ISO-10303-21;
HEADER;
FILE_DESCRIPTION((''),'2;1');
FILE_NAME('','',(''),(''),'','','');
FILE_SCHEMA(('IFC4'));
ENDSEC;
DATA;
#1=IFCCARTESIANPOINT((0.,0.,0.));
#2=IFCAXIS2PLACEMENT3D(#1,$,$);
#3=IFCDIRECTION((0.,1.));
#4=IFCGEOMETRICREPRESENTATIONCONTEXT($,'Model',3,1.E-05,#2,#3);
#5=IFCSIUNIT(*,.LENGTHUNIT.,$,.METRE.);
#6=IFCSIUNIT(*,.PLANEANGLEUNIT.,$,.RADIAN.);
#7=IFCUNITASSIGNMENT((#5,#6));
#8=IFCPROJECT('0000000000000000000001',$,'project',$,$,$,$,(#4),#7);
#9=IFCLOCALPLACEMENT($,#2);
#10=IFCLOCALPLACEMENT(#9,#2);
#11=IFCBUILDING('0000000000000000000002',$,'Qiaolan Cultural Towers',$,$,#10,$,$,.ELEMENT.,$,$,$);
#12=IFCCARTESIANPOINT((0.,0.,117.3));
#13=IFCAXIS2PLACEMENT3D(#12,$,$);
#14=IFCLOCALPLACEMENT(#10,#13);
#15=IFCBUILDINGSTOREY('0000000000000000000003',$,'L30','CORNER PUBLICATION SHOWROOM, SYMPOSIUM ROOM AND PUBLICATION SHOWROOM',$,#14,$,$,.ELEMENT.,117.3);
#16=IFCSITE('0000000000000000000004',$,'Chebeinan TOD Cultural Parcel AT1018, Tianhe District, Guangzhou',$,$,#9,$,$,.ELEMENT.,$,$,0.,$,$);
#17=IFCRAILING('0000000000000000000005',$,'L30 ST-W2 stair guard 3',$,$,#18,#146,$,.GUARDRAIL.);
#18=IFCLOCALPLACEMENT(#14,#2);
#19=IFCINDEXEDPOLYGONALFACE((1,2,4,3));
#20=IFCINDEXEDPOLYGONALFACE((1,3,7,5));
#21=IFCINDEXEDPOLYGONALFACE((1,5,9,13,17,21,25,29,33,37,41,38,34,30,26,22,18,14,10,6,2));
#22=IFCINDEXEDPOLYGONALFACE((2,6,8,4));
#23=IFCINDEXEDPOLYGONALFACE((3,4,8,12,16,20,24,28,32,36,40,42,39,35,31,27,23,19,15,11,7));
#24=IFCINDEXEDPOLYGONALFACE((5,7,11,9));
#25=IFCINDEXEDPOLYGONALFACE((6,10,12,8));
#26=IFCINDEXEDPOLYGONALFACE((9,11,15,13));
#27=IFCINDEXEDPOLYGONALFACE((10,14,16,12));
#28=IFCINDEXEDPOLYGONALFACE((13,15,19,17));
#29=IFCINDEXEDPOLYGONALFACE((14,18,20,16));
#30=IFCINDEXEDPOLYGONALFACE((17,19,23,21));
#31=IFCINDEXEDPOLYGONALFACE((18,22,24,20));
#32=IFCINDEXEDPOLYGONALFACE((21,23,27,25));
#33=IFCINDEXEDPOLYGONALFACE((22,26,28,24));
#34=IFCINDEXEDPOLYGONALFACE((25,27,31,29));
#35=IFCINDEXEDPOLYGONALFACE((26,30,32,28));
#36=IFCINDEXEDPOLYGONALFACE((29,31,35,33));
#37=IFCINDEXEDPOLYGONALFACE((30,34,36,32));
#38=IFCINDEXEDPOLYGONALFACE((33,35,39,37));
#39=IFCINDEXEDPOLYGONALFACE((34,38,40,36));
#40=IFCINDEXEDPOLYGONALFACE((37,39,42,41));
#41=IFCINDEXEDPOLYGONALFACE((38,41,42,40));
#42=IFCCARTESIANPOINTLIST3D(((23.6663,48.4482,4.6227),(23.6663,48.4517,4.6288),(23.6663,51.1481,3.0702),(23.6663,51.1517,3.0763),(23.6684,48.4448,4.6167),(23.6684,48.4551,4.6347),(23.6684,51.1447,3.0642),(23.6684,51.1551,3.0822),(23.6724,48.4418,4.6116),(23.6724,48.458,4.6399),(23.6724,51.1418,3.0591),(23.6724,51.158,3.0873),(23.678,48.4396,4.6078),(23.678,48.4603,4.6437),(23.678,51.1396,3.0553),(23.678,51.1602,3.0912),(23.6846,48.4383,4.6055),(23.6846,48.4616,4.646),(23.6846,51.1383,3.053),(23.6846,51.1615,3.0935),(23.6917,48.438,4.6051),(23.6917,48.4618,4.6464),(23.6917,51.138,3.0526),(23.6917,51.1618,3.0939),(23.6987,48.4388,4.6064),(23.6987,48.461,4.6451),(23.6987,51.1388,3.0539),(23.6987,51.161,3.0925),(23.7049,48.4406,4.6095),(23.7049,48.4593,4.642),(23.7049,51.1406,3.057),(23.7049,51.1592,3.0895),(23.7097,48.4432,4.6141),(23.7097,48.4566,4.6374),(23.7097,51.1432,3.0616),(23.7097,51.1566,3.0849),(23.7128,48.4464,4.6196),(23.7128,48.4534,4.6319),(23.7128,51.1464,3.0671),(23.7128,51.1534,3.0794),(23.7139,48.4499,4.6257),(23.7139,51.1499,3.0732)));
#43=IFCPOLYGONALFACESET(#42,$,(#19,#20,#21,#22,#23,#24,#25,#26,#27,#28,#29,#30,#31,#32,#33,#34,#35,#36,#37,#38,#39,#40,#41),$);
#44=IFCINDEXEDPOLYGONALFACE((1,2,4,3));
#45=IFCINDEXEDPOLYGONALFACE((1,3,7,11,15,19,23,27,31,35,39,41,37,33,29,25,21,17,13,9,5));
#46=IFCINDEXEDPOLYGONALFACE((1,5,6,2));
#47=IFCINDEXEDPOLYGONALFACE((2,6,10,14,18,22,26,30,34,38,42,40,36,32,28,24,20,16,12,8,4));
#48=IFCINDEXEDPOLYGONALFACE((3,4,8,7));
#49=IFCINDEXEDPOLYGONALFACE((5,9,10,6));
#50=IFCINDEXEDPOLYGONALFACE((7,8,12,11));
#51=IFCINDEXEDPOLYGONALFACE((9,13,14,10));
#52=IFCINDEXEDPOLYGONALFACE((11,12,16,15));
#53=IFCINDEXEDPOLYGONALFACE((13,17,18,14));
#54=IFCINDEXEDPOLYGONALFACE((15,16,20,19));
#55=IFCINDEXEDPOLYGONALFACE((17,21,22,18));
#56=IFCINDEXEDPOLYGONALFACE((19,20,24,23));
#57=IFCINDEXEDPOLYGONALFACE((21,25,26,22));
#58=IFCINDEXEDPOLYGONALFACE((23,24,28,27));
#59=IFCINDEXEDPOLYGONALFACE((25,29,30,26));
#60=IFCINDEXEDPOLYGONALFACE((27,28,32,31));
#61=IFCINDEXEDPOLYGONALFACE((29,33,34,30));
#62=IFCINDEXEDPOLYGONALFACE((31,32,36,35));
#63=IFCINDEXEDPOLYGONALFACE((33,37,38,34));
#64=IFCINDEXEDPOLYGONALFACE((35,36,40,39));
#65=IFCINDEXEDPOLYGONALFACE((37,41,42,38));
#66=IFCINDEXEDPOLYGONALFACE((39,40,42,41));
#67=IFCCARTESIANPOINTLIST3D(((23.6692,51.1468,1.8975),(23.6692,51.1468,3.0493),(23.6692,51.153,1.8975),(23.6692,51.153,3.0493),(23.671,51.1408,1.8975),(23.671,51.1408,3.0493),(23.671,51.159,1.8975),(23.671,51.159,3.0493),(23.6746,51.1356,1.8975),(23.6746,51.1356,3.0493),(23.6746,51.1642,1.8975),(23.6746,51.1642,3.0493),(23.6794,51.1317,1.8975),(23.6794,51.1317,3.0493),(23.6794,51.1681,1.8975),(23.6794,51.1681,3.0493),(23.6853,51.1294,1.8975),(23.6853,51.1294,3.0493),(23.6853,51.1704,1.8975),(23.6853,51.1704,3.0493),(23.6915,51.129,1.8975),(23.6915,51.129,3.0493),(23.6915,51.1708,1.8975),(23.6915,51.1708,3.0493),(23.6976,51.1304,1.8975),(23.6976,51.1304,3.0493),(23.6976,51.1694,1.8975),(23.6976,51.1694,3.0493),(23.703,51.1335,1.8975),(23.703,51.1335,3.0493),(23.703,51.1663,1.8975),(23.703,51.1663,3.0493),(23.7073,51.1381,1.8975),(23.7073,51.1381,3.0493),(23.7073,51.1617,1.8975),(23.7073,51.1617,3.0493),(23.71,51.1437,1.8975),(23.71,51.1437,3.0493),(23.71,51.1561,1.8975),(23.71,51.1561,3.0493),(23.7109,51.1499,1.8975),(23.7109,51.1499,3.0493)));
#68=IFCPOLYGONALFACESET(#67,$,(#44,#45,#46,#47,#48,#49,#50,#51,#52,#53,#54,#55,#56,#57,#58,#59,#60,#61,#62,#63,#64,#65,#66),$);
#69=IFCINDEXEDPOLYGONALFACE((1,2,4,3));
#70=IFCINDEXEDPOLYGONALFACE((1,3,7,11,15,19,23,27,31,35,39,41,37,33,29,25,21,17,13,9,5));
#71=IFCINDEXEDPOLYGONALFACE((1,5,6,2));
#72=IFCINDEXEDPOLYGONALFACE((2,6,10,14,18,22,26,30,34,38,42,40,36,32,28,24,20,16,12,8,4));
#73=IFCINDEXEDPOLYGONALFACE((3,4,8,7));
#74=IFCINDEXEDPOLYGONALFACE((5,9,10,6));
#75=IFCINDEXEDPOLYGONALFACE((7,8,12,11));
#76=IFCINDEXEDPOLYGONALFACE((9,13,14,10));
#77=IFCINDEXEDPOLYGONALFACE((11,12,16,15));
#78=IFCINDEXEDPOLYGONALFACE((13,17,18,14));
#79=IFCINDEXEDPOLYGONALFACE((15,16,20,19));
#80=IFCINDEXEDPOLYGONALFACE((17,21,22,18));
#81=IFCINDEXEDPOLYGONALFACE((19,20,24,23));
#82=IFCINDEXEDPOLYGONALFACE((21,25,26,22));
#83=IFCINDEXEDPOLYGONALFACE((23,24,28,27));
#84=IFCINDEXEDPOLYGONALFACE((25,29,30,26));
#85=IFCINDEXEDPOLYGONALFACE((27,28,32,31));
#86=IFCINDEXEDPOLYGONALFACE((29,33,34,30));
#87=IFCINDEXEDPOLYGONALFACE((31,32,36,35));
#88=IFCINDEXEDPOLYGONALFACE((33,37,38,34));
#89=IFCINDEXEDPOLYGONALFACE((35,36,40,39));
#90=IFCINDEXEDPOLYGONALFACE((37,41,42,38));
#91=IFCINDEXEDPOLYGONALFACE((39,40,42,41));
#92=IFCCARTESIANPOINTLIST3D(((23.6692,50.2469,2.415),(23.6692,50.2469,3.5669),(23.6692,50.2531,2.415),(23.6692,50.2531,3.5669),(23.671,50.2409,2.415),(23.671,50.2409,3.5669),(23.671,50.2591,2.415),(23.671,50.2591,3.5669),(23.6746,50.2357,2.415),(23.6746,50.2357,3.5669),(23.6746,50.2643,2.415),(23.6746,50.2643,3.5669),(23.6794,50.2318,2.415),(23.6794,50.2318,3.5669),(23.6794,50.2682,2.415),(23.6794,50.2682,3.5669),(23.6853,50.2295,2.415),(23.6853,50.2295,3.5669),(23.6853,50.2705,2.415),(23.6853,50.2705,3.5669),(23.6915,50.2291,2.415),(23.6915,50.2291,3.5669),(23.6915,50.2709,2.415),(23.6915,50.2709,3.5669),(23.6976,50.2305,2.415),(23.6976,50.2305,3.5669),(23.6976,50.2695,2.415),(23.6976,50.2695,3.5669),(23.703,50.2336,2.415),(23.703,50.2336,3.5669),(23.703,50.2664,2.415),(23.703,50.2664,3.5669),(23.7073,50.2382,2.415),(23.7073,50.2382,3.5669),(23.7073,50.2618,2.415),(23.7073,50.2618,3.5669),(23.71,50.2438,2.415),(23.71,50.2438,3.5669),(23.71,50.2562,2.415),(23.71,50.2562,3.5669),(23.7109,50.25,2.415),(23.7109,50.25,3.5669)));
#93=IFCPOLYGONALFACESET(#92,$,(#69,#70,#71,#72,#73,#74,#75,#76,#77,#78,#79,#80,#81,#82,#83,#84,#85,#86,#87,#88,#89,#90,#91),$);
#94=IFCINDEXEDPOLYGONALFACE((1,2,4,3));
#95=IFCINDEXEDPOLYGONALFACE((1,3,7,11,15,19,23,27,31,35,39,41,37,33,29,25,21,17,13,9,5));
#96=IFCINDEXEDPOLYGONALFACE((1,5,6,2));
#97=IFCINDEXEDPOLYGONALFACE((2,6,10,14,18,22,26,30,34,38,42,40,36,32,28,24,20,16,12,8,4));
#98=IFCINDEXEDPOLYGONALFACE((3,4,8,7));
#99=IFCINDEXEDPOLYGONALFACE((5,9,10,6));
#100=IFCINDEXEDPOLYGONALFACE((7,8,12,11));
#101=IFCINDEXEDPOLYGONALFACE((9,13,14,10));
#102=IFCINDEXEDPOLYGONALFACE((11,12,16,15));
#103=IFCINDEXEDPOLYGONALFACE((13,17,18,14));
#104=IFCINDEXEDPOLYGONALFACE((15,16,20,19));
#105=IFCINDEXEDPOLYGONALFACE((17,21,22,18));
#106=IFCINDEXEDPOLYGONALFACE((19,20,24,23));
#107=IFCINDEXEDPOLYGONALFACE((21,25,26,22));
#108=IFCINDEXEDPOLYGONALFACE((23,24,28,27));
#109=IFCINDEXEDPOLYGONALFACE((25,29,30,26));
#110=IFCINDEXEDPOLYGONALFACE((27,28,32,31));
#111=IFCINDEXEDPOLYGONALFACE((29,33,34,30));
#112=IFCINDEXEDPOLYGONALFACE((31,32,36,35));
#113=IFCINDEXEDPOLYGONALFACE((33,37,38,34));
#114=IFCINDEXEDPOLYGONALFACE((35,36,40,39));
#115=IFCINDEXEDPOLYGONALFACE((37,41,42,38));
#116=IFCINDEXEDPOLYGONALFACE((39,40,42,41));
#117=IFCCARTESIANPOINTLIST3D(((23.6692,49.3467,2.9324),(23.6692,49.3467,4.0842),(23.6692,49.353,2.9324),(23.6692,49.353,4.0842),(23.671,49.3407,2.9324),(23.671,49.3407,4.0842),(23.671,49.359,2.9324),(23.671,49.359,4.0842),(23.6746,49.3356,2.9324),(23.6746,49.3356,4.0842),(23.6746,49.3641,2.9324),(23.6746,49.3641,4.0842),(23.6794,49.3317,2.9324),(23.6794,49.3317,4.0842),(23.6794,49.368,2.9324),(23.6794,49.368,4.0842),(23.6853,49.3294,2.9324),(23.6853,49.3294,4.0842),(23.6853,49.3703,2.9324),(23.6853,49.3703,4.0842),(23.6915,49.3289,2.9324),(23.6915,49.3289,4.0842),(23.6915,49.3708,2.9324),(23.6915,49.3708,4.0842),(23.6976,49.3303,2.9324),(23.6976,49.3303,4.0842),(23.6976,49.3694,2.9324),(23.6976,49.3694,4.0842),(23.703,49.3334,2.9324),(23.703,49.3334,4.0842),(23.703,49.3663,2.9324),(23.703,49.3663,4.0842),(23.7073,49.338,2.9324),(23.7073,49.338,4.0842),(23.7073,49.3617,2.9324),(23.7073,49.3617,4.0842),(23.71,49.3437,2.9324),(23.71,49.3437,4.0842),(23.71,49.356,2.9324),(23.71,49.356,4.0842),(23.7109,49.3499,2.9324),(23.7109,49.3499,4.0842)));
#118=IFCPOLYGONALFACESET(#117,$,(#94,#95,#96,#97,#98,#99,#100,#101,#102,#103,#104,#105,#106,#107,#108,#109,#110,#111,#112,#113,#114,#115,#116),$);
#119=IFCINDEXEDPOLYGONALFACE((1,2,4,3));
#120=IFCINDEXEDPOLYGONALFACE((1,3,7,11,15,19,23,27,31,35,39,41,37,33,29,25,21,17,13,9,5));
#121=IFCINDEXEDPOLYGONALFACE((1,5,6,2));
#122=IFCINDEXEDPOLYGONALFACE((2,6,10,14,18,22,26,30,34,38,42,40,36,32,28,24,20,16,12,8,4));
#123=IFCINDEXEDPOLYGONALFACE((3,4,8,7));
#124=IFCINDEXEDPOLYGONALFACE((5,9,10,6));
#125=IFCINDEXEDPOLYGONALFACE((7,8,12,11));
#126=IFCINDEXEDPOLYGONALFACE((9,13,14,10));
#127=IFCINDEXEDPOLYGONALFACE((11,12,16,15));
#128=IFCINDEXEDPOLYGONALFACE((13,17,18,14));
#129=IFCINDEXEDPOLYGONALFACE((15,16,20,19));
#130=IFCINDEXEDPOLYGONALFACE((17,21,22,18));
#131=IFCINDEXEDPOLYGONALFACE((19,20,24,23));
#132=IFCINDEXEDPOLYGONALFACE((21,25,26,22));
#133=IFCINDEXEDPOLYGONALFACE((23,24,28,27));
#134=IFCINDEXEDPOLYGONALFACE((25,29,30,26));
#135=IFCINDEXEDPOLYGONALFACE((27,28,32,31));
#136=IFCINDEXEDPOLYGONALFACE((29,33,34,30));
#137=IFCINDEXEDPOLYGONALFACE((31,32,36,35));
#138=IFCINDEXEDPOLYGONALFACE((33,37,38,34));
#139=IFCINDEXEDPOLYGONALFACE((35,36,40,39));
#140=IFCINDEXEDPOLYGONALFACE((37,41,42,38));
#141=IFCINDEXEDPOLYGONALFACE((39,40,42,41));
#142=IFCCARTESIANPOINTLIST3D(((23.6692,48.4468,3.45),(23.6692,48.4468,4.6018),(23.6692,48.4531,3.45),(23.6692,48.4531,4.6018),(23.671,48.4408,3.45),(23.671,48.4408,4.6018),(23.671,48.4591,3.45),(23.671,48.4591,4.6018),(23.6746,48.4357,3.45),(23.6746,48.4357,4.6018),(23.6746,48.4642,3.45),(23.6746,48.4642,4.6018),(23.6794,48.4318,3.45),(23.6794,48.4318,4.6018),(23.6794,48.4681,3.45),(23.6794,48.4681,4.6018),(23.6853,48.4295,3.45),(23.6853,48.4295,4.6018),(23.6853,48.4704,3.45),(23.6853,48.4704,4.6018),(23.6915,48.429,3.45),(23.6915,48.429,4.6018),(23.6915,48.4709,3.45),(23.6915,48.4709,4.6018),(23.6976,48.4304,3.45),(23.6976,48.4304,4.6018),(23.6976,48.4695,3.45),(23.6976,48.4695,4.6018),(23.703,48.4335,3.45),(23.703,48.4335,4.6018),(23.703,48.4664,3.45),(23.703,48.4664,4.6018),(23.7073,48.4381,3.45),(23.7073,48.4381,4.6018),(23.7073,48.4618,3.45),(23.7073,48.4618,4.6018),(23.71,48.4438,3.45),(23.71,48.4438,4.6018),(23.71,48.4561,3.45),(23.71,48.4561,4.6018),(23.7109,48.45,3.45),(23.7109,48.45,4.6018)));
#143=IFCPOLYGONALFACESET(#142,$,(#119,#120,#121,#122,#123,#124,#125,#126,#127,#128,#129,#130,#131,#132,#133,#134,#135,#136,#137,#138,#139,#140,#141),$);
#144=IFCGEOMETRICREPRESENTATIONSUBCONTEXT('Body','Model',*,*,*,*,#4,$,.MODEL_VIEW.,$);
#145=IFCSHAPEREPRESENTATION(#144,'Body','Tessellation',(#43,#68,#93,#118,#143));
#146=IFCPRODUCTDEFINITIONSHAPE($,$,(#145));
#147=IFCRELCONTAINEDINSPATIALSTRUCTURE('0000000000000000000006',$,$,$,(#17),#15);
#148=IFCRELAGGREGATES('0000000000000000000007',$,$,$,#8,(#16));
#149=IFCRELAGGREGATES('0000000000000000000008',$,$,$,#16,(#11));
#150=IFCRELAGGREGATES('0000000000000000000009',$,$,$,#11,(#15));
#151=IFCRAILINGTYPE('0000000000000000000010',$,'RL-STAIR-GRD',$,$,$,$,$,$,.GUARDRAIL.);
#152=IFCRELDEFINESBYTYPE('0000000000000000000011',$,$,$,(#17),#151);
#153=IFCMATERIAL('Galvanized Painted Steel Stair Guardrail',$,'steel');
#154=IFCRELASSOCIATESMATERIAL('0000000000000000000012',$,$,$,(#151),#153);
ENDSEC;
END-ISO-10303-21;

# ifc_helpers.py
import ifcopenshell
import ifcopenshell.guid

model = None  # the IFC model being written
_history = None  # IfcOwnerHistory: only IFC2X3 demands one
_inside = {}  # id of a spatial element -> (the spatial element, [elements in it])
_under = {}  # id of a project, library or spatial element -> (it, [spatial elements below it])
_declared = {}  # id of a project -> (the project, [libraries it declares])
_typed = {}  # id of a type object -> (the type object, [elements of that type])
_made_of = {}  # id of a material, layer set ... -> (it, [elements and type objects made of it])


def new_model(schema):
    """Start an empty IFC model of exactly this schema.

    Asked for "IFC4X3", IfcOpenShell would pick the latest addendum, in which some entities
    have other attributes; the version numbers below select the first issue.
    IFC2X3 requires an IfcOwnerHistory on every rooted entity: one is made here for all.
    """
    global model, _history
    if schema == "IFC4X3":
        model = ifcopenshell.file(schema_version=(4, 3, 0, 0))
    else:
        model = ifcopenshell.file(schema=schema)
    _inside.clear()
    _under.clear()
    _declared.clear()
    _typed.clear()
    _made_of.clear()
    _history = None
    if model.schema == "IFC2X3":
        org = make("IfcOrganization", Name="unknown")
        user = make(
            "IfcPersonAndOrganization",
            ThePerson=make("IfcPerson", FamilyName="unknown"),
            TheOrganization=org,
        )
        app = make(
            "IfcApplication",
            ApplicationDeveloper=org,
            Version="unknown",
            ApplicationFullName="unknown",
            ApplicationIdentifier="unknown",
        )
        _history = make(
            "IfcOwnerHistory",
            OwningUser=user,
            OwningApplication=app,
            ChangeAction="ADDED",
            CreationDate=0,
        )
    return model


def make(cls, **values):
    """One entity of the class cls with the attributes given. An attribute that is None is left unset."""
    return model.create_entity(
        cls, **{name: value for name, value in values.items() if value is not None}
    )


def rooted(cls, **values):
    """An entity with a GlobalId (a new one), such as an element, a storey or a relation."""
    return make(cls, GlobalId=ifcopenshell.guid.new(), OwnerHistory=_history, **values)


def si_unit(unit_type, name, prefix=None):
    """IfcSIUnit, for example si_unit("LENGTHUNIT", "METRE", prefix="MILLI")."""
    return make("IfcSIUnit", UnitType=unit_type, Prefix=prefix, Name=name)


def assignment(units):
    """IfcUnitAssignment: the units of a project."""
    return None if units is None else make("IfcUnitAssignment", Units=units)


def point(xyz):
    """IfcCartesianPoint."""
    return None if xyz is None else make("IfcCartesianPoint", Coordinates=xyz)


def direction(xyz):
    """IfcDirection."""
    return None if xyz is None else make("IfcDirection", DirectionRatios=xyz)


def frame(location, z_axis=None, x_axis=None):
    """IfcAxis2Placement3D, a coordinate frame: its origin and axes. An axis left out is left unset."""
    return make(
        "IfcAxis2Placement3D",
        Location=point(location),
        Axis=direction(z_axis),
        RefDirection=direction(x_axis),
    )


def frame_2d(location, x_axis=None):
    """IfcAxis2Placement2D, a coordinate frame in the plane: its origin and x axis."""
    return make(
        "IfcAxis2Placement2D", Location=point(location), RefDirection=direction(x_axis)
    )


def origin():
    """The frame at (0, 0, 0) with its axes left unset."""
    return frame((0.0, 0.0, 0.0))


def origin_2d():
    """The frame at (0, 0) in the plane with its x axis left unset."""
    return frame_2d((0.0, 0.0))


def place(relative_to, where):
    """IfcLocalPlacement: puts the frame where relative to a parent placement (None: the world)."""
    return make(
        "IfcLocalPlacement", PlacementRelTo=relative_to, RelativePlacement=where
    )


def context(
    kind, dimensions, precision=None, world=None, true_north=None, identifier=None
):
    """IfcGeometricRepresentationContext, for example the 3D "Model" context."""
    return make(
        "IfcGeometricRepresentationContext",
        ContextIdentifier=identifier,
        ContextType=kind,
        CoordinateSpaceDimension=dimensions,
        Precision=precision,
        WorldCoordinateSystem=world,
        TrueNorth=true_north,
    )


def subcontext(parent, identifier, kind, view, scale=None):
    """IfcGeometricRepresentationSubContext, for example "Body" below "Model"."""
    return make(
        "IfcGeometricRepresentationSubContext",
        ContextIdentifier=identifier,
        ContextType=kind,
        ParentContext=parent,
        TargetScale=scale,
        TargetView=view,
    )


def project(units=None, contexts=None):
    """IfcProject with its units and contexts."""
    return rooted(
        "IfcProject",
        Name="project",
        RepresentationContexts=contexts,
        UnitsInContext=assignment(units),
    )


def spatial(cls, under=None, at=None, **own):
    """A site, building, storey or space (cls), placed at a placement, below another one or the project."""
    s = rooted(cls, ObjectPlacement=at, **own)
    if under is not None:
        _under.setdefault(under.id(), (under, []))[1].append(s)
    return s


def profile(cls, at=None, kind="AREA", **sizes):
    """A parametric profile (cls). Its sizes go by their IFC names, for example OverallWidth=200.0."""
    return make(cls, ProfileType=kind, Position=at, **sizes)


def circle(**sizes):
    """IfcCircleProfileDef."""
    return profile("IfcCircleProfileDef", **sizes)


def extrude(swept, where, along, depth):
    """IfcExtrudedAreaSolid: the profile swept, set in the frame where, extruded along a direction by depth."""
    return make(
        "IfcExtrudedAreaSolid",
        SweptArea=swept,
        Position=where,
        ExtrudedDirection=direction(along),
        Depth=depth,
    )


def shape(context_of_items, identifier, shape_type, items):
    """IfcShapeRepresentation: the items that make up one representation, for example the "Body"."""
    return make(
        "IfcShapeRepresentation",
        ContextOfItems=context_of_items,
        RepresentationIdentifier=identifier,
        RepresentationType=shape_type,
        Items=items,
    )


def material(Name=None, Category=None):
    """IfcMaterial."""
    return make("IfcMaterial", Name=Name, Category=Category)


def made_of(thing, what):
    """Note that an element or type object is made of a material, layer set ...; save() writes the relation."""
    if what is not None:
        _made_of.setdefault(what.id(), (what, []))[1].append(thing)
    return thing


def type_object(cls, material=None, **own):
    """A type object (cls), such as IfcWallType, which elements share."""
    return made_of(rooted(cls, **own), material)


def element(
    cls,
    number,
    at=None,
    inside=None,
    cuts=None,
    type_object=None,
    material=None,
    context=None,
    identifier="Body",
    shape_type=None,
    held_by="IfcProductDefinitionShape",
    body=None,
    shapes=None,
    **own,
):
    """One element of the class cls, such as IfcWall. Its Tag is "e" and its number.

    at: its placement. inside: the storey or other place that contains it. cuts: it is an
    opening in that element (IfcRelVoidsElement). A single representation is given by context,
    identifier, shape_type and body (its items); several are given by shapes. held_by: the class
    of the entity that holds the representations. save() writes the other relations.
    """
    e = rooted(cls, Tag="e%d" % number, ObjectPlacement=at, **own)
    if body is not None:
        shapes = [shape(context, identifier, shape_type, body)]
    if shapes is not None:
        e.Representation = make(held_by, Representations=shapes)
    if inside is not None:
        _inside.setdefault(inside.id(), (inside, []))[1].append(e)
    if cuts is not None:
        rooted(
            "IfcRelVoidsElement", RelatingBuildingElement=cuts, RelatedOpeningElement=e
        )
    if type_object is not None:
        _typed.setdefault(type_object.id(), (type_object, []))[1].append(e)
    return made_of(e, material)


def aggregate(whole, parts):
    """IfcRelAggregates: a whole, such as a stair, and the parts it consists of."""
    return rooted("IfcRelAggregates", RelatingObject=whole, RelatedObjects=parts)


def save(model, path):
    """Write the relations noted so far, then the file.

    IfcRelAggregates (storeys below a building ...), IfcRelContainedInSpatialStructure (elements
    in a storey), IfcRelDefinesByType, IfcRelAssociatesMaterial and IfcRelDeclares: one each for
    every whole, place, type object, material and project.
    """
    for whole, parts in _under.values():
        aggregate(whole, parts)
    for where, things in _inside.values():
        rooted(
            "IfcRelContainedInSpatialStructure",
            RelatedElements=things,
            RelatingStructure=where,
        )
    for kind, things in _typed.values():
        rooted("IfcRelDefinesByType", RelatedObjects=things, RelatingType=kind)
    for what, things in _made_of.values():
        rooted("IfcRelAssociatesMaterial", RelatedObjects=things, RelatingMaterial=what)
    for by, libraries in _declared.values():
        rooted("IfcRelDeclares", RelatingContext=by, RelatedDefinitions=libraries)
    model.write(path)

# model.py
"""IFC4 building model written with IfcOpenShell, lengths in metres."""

from ifc_helpers import new_model, si_unit, direction, frame, origin, origin_2d, place, context, subcontext, project, spatial, circle, extrude, material, type_object, element, save


model = new_model("IFC4")

# Units and contexts
model_context = context("Model", 3, precision=1e-05, world=origin(), true_north=direction((0.0, 1.0)))
body_context = subcontext(model_context, "Body", "Model", "MODEL_VIEW")
ifc_project = project(units=[si_unit("LENGTHUNIT", "METRE"), si_unit("PLANEANGLEUNIT", "RADIAN")], contexts=[model_context])

# Site, building, storey
site_placement = place(None, origin())
site = spatial("IfcSite", under=ifc_project, at=site_placement, Name="Chebeinan TOD Cultural Parcel AT1018, Tianhe District, Guangzhou", CompositionType="ELEMENT", RefElevation=0.0)
building_placement = place(site_placement, origin())
building = spatial("IfcBuilding", under=site, at=building_placement, Name="Qiaolan Cultural Towers", CompositionType="ELEMENT")
storey_placement = place(building_placement, frame((0.0, 0.0, 117.3)))
storey = spatial("IfcBuildingStorey", under=building, at=storey_placement, Name="L30", Description="CORNER PUBLICATION SHOWROOM, SYMPOSIUM ROOM AND PUBLICATION SHOWROOM", CompositionType="ELEMENT", Elevation=117.3)

# Railing
ifc_material_1 = material(Name="Galvanized Painted Steel Stair Guardrail", Category="steel")
railing_type_1 = type_object("IfcRailingType", Name="RL-STAIR-GRD", PredefinedType="GUARDRAIL", material=ifc_material_1)
railing_1_placement = place(storey_placement, frame((23.6899, 51.1499, 1.8975)))
element("IfcRailing", 1, at=railing_1_placement, inside=storey, type_object=railing_type_1, Name="L30 ST-W2 stair guard 3", PredefinedType="GUARDRAIL", context=body_context, shape_type="SweptSolid", body=[
    extrude(circle(Radius=0.0239, at=origin_2d()), frame((0.0, 0.0, 1.1758), z_axis=(0.0, -0.866904, 0.498476), x_axis=(1.0, 0.0, 0.0)), (0.0, 0.0, 1.0), 3.1145),
    extrude(circle(Radius=0.021, at=origin_2d()), origin(), (0.0, 0.0, 1.0), 1.1519),
    extrude(circle(Radius=0.021, at=origin_2d()), frame((0.0, -0.8999, 0.5176)), (0.0, 0.0, 1.0), 1.1519),
    extrude(circle(Radius=0.021, at=origin_2d()), frame((0.0, -1.8, 1.0349)), (0.0, 0.0, 1.0), 1.1519),
    extrude(circle(Radius=0.021, at=origin_2d()), frame((0.0, -2.7, 1.5525)), (0.0, 0.0, 1.0), 1.1519),
])

save(model, "model.ifc")
